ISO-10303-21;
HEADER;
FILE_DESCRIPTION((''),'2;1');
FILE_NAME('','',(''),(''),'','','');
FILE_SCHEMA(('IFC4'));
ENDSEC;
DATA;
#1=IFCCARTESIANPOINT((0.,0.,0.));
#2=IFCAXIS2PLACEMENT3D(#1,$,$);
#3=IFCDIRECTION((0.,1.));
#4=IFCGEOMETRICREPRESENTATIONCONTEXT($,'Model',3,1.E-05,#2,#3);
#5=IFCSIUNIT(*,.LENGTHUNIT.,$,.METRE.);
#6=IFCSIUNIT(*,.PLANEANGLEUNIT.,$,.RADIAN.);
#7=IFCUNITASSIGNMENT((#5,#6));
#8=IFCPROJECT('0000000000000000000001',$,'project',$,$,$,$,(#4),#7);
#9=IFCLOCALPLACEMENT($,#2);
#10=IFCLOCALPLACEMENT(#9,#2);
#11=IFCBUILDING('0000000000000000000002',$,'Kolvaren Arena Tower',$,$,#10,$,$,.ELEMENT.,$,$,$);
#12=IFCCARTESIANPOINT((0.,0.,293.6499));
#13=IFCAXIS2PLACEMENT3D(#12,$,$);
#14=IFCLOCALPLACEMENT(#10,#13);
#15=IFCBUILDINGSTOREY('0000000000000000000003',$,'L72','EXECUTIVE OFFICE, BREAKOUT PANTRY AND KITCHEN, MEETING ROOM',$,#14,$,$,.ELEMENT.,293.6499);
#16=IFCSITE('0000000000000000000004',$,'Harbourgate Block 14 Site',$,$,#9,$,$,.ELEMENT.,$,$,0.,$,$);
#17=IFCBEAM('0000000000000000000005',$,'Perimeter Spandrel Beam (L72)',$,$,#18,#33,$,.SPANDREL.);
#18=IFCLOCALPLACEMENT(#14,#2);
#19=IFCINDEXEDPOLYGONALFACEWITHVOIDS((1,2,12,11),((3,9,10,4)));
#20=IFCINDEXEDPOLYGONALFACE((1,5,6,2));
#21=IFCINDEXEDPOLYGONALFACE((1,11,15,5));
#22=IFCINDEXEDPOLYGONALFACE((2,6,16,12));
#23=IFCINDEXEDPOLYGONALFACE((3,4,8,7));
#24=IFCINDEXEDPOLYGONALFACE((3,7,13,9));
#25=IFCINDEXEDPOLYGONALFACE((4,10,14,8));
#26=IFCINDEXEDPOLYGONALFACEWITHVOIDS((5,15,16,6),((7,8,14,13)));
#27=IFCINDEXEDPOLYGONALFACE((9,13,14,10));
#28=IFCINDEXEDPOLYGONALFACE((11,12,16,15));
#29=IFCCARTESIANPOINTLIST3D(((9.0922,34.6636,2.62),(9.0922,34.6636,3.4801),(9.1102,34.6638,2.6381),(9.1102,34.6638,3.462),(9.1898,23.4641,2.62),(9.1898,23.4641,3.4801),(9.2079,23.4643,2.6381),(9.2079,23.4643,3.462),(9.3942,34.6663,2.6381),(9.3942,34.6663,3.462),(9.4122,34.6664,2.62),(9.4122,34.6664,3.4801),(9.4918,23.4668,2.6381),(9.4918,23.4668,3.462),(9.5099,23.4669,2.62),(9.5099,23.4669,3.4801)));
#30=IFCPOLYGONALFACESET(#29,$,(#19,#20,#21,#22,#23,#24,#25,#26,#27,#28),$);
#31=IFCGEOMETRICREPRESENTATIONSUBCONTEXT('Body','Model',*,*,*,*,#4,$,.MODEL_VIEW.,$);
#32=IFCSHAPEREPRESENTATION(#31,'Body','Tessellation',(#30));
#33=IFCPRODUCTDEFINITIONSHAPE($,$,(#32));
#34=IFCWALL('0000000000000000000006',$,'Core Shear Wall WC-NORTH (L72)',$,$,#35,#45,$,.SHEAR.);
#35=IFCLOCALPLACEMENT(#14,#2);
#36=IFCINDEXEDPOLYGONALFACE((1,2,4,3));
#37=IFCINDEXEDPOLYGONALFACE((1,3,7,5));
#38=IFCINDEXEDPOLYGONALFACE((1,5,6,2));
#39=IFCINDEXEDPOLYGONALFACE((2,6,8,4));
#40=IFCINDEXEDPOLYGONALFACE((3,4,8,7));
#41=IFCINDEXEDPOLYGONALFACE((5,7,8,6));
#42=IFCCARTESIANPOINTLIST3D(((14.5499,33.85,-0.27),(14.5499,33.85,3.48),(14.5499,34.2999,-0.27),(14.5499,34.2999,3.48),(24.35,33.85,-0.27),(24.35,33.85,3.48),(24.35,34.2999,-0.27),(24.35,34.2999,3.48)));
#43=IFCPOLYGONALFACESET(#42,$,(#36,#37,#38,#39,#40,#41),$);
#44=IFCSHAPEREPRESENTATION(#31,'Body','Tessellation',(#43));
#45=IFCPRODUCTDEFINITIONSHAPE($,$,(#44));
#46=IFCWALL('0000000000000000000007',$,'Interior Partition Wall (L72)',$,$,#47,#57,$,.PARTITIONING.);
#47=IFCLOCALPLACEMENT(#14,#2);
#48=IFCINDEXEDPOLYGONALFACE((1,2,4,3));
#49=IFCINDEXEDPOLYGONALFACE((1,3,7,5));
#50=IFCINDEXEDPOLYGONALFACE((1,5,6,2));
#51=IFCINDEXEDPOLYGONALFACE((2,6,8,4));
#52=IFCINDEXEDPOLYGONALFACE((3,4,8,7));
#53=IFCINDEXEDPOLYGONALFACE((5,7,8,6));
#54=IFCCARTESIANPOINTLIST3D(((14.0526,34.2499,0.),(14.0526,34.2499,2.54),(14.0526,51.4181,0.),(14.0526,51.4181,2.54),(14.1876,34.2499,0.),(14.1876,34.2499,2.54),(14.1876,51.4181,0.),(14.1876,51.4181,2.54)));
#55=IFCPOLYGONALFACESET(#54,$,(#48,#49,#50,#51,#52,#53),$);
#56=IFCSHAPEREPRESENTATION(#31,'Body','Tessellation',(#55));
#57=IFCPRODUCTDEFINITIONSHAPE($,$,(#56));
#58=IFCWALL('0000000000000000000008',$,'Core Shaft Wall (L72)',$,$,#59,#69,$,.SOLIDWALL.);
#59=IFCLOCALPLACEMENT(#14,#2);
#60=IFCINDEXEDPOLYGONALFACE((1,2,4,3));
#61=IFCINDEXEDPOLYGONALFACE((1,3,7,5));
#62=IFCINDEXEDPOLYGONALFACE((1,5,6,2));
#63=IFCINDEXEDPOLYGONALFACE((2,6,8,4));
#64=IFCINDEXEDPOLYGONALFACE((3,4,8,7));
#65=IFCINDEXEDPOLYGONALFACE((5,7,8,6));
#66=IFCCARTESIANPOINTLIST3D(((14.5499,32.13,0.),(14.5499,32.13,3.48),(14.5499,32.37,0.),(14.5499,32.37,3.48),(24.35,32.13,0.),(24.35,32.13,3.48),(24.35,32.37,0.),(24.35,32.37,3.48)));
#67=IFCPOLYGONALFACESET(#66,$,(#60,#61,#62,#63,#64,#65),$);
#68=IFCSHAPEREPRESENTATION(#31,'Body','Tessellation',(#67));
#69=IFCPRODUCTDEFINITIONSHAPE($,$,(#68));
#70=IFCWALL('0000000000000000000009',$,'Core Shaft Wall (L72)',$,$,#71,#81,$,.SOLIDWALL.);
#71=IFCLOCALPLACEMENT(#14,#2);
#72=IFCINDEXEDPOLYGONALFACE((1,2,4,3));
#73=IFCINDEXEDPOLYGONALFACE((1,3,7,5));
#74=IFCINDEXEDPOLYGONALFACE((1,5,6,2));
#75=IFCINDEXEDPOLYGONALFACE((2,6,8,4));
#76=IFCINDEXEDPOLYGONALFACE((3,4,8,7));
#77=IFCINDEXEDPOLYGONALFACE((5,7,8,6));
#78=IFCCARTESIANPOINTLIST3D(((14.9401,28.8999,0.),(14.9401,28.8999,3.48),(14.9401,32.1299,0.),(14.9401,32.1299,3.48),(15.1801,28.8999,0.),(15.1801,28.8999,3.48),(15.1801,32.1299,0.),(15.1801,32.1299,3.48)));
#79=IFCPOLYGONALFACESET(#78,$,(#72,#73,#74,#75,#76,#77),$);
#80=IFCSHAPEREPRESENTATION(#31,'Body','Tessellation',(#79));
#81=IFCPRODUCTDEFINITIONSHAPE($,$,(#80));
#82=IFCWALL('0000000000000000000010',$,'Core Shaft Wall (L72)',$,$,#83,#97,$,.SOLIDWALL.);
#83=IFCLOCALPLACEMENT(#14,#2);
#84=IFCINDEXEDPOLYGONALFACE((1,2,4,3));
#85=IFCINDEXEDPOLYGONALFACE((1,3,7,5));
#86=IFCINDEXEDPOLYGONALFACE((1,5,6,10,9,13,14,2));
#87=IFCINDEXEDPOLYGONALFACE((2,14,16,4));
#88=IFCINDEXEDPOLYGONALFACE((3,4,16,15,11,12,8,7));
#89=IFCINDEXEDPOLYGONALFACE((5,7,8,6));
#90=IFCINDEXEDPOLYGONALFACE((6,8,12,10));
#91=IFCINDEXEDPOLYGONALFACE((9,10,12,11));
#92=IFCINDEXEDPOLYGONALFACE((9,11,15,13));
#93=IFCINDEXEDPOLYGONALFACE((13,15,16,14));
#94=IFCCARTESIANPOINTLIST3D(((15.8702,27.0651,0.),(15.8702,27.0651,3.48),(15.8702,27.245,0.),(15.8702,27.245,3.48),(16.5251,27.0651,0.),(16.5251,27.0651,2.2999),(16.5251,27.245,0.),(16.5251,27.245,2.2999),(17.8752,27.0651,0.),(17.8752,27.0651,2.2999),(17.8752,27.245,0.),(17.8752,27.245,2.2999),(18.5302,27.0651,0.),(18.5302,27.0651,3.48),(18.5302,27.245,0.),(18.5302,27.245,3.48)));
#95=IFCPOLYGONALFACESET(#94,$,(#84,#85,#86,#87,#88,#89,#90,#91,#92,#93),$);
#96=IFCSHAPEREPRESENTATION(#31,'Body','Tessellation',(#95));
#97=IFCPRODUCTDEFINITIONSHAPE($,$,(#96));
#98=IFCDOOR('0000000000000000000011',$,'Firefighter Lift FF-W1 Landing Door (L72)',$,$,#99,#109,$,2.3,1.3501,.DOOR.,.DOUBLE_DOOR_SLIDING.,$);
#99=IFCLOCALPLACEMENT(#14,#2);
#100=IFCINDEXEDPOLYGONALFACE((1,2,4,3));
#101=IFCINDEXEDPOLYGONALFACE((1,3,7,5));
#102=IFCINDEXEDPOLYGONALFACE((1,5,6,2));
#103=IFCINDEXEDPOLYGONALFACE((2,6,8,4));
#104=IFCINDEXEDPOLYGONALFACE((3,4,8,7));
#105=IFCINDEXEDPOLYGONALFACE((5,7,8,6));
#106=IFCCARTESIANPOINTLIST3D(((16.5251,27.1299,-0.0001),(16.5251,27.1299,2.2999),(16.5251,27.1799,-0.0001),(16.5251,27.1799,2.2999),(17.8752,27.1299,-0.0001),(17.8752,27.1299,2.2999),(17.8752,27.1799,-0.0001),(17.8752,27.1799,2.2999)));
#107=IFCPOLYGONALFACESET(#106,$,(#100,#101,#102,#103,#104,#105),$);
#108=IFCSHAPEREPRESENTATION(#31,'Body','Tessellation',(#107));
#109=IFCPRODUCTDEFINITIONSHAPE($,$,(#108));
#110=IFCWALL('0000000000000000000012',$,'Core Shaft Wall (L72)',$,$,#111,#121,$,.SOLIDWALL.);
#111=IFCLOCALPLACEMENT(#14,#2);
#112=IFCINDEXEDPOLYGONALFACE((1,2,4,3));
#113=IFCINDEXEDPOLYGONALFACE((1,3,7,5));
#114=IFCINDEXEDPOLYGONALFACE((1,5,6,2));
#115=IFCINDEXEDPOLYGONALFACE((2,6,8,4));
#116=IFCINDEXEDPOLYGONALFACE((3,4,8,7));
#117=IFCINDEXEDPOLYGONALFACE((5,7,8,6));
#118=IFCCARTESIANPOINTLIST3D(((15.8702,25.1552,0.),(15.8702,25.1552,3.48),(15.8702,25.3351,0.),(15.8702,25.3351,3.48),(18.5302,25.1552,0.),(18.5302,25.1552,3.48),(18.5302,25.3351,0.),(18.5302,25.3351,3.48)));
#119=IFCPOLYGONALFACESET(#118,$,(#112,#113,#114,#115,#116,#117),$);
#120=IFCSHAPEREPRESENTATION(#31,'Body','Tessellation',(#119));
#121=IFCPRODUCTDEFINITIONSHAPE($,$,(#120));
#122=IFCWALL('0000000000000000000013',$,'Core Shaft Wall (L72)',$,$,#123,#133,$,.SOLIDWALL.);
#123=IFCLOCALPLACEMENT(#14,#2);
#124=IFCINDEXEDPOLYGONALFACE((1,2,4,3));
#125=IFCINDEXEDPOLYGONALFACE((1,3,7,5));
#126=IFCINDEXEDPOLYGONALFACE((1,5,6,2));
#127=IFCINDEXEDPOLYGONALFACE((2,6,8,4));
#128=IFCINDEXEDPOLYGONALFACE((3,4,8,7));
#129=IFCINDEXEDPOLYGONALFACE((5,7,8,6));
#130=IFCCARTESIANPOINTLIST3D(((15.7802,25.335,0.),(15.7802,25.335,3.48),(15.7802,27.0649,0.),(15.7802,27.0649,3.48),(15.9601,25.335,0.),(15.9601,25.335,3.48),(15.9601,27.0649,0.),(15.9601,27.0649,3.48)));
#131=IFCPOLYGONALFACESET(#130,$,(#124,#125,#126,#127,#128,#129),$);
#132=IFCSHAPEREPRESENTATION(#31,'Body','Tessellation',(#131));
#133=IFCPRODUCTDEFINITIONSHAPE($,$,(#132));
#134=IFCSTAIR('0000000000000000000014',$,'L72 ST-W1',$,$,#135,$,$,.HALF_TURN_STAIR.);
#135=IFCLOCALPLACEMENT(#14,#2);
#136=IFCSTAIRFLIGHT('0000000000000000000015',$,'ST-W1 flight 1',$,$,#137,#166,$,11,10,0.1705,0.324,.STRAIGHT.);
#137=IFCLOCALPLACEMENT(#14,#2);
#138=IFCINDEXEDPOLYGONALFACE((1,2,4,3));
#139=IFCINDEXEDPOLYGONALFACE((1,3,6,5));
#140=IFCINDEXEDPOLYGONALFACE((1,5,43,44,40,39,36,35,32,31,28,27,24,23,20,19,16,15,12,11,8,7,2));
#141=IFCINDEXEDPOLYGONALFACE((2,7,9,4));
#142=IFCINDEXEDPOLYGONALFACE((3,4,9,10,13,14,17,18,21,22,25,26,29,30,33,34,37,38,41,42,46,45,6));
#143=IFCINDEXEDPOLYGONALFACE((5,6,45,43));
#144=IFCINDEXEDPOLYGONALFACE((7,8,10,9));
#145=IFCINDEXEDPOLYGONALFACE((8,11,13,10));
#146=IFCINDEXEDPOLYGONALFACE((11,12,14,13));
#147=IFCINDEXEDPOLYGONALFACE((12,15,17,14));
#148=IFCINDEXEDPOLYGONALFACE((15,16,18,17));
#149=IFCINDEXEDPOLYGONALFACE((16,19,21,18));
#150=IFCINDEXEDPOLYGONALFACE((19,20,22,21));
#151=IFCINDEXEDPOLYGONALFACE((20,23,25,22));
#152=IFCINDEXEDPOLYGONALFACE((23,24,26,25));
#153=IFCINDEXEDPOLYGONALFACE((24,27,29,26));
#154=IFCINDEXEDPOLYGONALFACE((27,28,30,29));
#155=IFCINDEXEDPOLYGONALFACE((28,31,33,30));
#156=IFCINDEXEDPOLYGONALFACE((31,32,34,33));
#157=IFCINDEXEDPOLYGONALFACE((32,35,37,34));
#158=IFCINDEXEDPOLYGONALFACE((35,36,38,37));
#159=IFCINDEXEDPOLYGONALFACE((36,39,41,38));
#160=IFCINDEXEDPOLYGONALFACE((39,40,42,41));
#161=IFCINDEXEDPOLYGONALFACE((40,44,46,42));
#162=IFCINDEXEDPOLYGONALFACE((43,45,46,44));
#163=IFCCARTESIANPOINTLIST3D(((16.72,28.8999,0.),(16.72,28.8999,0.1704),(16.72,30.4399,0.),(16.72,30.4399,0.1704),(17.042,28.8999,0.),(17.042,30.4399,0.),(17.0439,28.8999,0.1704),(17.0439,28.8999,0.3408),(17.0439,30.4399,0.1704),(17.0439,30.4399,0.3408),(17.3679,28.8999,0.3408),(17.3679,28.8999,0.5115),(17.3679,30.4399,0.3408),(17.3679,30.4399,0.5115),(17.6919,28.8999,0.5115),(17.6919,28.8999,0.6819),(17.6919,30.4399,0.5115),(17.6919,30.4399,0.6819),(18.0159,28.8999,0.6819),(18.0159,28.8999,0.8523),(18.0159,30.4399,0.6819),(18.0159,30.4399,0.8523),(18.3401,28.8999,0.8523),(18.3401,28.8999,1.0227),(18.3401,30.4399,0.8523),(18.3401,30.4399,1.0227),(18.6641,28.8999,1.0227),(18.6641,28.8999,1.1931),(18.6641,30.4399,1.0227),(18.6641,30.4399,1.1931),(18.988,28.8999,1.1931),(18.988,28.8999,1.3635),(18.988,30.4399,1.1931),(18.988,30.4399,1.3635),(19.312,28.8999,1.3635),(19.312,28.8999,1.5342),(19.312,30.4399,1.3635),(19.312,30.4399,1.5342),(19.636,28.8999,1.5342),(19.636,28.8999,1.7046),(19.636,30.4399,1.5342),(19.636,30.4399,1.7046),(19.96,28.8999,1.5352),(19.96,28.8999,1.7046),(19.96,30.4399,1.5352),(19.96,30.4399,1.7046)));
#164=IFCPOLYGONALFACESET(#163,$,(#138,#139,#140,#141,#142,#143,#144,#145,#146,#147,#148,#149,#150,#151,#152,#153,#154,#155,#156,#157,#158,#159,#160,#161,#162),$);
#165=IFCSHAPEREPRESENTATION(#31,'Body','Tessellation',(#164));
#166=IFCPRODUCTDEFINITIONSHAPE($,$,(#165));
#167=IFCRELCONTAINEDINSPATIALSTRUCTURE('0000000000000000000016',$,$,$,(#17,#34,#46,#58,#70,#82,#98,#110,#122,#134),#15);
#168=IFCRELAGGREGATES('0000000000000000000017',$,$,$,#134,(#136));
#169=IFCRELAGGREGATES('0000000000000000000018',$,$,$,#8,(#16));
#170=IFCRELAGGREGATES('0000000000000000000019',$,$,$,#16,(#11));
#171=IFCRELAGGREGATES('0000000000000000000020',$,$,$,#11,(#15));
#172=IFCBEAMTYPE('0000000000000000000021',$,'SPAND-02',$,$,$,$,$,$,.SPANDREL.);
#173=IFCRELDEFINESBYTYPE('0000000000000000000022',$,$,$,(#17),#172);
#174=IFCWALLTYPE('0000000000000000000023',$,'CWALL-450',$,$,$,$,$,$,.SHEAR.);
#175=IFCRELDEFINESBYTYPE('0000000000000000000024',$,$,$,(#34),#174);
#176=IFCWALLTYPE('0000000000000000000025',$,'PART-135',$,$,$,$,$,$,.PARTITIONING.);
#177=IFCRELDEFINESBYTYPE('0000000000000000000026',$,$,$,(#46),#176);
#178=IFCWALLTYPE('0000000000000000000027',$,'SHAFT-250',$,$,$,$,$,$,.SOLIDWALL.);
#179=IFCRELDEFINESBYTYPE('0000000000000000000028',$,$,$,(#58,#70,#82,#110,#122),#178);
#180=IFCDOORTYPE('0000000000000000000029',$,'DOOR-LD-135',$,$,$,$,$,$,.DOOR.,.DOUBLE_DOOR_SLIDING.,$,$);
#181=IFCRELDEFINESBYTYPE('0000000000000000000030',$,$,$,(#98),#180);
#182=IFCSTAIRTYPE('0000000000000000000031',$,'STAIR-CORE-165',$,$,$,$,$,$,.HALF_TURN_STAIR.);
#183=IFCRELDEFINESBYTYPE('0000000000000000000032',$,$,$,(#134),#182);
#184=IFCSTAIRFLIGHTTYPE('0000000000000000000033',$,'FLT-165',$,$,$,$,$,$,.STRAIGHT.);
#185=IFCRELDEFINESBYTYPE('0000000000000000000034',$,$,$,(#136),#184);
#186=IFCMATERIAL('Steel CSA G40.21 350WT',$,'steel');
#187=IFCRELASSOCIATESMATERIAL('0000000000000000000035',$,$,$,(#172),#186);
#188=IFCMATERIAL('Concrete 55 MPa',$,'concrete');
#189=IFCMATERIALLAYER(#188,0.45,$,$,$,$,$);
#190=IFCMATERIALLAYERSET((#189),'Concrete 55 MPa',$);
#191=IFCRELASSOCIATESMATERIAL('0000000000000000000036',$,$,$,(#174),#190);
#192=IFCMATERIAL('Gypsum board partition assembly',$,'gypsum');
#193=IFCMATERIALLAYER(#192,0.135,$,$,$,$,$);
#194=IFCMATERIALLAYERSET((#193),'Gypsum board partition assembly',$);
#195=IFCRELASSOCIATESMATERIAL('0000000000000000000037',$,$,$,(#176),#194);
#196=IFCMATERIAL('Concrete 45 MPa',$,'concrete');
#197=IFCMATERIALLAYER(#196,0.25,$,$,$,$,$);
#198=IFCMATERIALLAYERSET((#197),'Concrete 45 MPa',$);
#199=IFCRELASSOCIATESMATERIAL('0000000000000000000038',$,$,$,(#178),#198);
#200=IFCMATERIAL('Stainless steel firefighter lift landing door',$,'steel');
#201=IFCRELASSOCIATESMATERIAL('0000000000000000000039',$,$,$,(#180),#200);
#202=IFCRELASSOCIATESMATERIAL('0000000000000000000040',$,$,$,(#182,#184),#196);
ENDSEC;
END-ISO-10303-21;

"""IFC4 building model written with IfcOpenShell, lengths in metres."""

from ifc_helpers import new_model, si_unit, direction, frame, frame_2d, origin, origin_2d, place, context, subcontext, project, spatial, polyline, rectangle, hollow_rectangle, outline, extrude, material, layer, layer_set, material_profile, profile_set, type_object, element, fill, aggregate, save


model = new_model("IFC4")

# Units and contexts
model_context = context("Model", 3, precision=1e-05, world=origin(), true_north=direction((0.0, 1.0)))
body_context = subcontext(model_context, "Body", "Model", "MODEL_VIEW")
ifc_project = project(units=[si_unit("LENGTHUNIT", "METRE"), si_unit("PLANEANGLEUNIT", "RADIAN")], contexts=[model_context])

# Site, building, storey
site_placement = place(None, origin())
site = spatial("IfcSite", under=ifc_project, at=site_placement, Name="Harbourgate Block 14 Site", CompositionType="ELEMENT", RefElevation=0.0)
building_placement = place(site_placement, origin())
building = spatial("IfcBuilding", under=site, at=building_placement, Name="Kolvaren Arena Tower", CompositionType="ELEMENT")
storey_placement = place(building_placement, frame((0.0, 0.0, 293.6499)))
storey = spatial("IfcBuildingStorey", under=building, at=storey_placement, Name="L72", Description="EXECUTIVE OFFICE, BREAKOUT PANTRY AND KITCHEN, MEETING ROOM", CompositionType="ELEMENT", Elevation=293.6499)

# Beam
ifc_material_1 = material(Name="Steel CSA G40.21 350WT", Category="steel")
ifc_material_profile_1 = material_profile(ifc_material_1, hollow_rectangle(XDim=0.3201, YDim=0.8601, WallThickness=0.0181, at=origin_2d()), Name="HSS 860x320x18")
ifc_profile_set_1 = profile_set([ifc_material_profile_1], Name="Steel CSA G40.21 350WT")
beam_type_1 = type_object("IfcBeamType", Name="SPAND-02", PredefinedType="SPANDREL", material=ifc_profile_set_1)
beam_1_placement = place(storey_placement, frame((9.2522, 34.665, 3.05), z_axis=(0.008719, -0.999962, 0.0), x_axis=(0.999962, 0.008719, 0.0)))
element("IfcBeam", 1, at=beam_1_placement, inside=storey, type_object=beam_type_1, Name="Perimeter Spandrel Beam (L72)", PredefinedType="SPANDREL", context=body_context, shape_type="SweptSolid", body=[
    extrude(hollow_rectangle(XDim=0.3201, YDim=0.8601, WallThickness=0.0181, at=origin_2d()), origin(), (0.0, 0.0, 1.0), 11.2),
])

# Walls
ifc_material_2 = material(Name="Concrete 55 MPa", Category="concrete")
ifc_layer_1 = layer(ifc_material_2, 0.45)
ifc_layer_set_1 = layer_set([ifc_layer_1], Name="Concrete 55 MPa")
wall_type_1 = type_object("IfcWallType", Name="CWALL-450", PredefinedType="SHEAR", material=ifc_layer_set_1)
wall_1_placement = place(storey_placement, frame((14.55, 34.075, -0.27), z_axis=(0.0, 0.0, 1.0), x_axis=(1.0, 0.0, 0.0)))
element("IfcWall", 2, at=wall_1_placement, inside=storey, type_object=wall_type_1, Name="Core Shear Wall WC-NORTH (L72)", PredefinedType="SHEAR", context=body_context, shape_type="SweptSolid", body=[
    extrude(rectangle(XDim=9.8, YDim=0.45, at=frame_2d((4.8999, 0.0))), origin(), (0.0, 0.0, 1.0), 3.75),
])
ifc_material_3 = material(Name="Gypsum board partition assembly", Category="gypsum")
ifc_layer_2 = layer(ifc_material_3, 0.135)
ifc_layer_set_2 = layer_set([ifc_layer_2], Name="Gypsum board partition assembly")
wall_type_2 = type_object("IfcWallType", Name="PART-135", PredefinedType="PARTITIONING", material=ifc_layer_set_2)
wall_2_placement = place(storey_placement, frame((14.1201, 34.25, 0.0), z_axis=(0.0, 0.0, 1.0), x_axis=(0.0, 1.0, 0.0)))
element("IfcWall", 3, at=wall_2_placement, inside=storey, type_object=wall_type_2, Name="Interior Partition Wall (L72)", PredefinedType="PARTITIONING", context=body_context, shape_type="SweptSolid", body=[
    extrude(rectangle(XDim=17.1682, YDim=0.135, at=frame_2d((8.584, 0.0))), origin(), (0.0, 0.0, 1.0), 2.54),
])
ifc_material_4 = material(Name="Concrete 45 MPa", Category="concrete")
ifc_layer_3 = layer(ifc_material_4, 0.25)
ifc_layer_set_3 = layer_set([ifc_layer_3], Name="Concrete 45 MPa")
wall_type_3 = type_object("IfcWallType", Name="SHAFT-250", PredefinedType="SOLIDWALL", material=ifc_layer_set_3)
wall_3_placement = place(storey_placement, frame((14.55, 32.25, 0.0), z_axis=(0.0, 0.0, 1.0), x_axis=(1.0, 0.0, 0.0)))
element("IfcWall", 4, at=wall_3_placement, inside=storey, type_object=wall_type_3, Name="Core Shaft Wall (L72)", PredefinedType="SOLIDWALL", context=body_context, shape_type="SweptSolid", body=[
    extrude(rectangle(XDim=9.8, YDim=0.24, at=frame_2d((4.8999, 0.0))), origin(), (0.0, 0.0, 1.0), 3.48),
])
wall_4_placement = place(storey_placement, frame((15.0601, 28.8999, 0.0), z_axis=(0.0, 0.0, 1.0), x_axis=(0.0, 1.0, 0.0)))
element("IfcWall", 5, at=wall_4_placement, inside=storey, type_object=wall_type_3, Name="Core Shaft Wall (L72)", PredefinedType="SOLIDWALL", context=body_context, shape_type="SweptSolid", body=[
    extrude(rectangle(XDim=3.23, YDim=0.24, at=frame_2d((1.615, 0.0))), origin(), (0.0, 0.0, 1.0), 3.48),
])

# Wall, opening, door
wall_5_placement = place(storey_placement, frame((15.8701, 27.155, 0.0), z_axis=(0.0, 0.0, 1.0), x_axis=(1.0, 0.0, 0.0)))
wall_5 = element("IfcWall", 6, at=wall_5_placement, inside=storey, type_object=wall_type_3, Name="Core Shaft Wall (L72)", PredefinedType="SOLIDWALL", context=body_context, shape_type="SweptSolid", body=[
    extrude(rectangle(XDim=2.6599, YDim=0.1799, at=frame_2d((1.3301, 0.0))), origin(), (0.0, 0.0, 1.0), 3.48),
])
opening_placement = place(wall_5_placement, frame((0.655, 0.0, 0.0)))
opening = element("IfcOpeningElement", 7, at=opening_placement, cuts=wall_5, PredefinedType="OPENING", context=body_context, shape_type="SweptSolid", body=[
    extrude(rectangle(XDim=1.3501, YDim=2.3, at=frame_2d((0.675, 1.1499))), frame((0.0, 0.0999, 0.0), z_axis=(0.0, -1.0, 0.0), x_axis=(1.0, 0.0, 0.0)), (0.0, 0.0, 1.0), 0.2),
])
ifc_material_5 = material(Name="Stainless steel firefighter lift landing door", Category="steel")
door_type = type_object("IfcDoorType", Name="DOOR-LD-135", OperationType="DOUBLE_DOOR_SLIDING", PredefinedType="DOOR", material=ifc_material_5)
door_placement = place(opening_placement, origin())
door = element("IfcDoor", 8, at=door_placement, inside=storey, type_object=door_type, Name="Firefighter Lift FF-W1 Landing Door (L72)", OperationType="DOUBLE_DOOR_SLIDING", OverallHeight=2.3, OverallWidth=1.3501, PredefinedType="DOOR", context=body_context, shape_type="SweptSolid", body=[
    extrude(rectangle(XDim=1.3501, YDim=2.3, at=frame_2d((0.675, 1.1499))), frame((0.0, 0.0249, 0.0), z_axis=(0.0, -1.0, 0.0), x_axis=(1.0, 0.0, 0.0)), (0.0, 0.0, 1.0), 0.05),
])
fill(opening, door)

# Walls
wall_6_placement = place(storey_placement, frame((15.8701, 25.2451, 0.0), z_axis=(0.0, 0.0, 1.0), x_axis=(1.0, 0.0, 0.0)))
element("IfcWall", 9, at=wall_6_placement, inside=storey, type_object=wall_type_3, Name="Core Shaft Wall (L72)", PredefinedType="SOLIDWALL", context=body_context, shape_type="SweptSolid", body=[
    extrude(rectangle(XDim=2.6599, YDim=0.1799, at=frame_2d((1.3301, 0.0))), origin(), (0.0, 0.0, 1.0), 3.48),
])
wall_7_placement = place(storey_placement, frame((15.8701, 25.335, 0.0), z_axis=(0.0, 0.0, 1.0), x_axis=(0.0, 1.0, 0.0)))
element("IfcWall", 10, at=wall_7_placement, inside=storey, type_object=wall_type_3, Name="Core Shaft Wall (L72)", PredefinedType="SOLIDWALL", context=body_context, shape_type="SweptSolid", body=[
    extrude(rectangle(XDim=1.73, YDim=0.1799, at=frame_2d((0.865, 0.0))), origin(), (0.0, 0.0, 1.0), 3.48),
])

# Stair, stair flight
stair_type = type_object("IfcStairType", Name="STAIR-CORE-165", PredefinedType="HALF_TURN_STAIR", material=ifc_material_4)
stair_placement = place(storey_placement, origin())
stair = element("IfcStair", 11, at=stair_placement, inside=storey, type_object=stair_type, Name="L72 ST-W1", PredefinedType="HALF_TURN_STAIR")
stair_flight_type = type_object("IfcStairFlightType", Name="FLT-165", PredefinedType="STRAIGHT", material=ifc_material_4)
stair_flight_placement = place(storey_placement, frame((16.72, 29.6699, 0.0), z_axis=(0.0, 0.0, 1.0), x_axis=(1.0, 0.0, 0.0)))
stair_flight = element("IfcStairFlight", 12, at=stair_flight_placement, type_object=stair_flight_type, Name="ST-W1 flight 1", NumberOfRisers=11, NumberOfTreads=10, PredefinedType="STRAIGHT", RiserHeight=0.1705, TreadLength=0.324, context=body_context, shape_type="SweptSolid", body=[
    extrude(outline(polyline([(0.0, 0.0), (0.0, 0.1704), (0.324, 0.1704), (0.324, 0.3408), (0.6479, 0.3408), (0.6479, 0.5115), (0.9719, 0.5115), (0.9719, 0.6819), (1.2959, 0.6819), (1.2959, 0.8523), (1.6201, 0.8523), (1.6201, 1.0227), (1.9441, 1.0227), (1.9441, 1.1931), (2.2681, 1.1931), (2.2681, 1.3635), (2.592, 1.3635), (2.592, 1.5342), (2.916, 1.5342), (2.916, 1.7046), (3.24, 1.7046), (3.24, 1.875), (3.24, 1.5352), (0.322, 0.0), (0.0, 0.0)])), frame((0.0, 0.77, 0.0), z_axis=(0.0, -1.0, 0.0), x_axis=(1.0, 0.0, 0.0)), (0.0, 0.0, 1.0), 1.54),
])
aggregate(stair, [stair_flight])

save(model, "model.ifc")
